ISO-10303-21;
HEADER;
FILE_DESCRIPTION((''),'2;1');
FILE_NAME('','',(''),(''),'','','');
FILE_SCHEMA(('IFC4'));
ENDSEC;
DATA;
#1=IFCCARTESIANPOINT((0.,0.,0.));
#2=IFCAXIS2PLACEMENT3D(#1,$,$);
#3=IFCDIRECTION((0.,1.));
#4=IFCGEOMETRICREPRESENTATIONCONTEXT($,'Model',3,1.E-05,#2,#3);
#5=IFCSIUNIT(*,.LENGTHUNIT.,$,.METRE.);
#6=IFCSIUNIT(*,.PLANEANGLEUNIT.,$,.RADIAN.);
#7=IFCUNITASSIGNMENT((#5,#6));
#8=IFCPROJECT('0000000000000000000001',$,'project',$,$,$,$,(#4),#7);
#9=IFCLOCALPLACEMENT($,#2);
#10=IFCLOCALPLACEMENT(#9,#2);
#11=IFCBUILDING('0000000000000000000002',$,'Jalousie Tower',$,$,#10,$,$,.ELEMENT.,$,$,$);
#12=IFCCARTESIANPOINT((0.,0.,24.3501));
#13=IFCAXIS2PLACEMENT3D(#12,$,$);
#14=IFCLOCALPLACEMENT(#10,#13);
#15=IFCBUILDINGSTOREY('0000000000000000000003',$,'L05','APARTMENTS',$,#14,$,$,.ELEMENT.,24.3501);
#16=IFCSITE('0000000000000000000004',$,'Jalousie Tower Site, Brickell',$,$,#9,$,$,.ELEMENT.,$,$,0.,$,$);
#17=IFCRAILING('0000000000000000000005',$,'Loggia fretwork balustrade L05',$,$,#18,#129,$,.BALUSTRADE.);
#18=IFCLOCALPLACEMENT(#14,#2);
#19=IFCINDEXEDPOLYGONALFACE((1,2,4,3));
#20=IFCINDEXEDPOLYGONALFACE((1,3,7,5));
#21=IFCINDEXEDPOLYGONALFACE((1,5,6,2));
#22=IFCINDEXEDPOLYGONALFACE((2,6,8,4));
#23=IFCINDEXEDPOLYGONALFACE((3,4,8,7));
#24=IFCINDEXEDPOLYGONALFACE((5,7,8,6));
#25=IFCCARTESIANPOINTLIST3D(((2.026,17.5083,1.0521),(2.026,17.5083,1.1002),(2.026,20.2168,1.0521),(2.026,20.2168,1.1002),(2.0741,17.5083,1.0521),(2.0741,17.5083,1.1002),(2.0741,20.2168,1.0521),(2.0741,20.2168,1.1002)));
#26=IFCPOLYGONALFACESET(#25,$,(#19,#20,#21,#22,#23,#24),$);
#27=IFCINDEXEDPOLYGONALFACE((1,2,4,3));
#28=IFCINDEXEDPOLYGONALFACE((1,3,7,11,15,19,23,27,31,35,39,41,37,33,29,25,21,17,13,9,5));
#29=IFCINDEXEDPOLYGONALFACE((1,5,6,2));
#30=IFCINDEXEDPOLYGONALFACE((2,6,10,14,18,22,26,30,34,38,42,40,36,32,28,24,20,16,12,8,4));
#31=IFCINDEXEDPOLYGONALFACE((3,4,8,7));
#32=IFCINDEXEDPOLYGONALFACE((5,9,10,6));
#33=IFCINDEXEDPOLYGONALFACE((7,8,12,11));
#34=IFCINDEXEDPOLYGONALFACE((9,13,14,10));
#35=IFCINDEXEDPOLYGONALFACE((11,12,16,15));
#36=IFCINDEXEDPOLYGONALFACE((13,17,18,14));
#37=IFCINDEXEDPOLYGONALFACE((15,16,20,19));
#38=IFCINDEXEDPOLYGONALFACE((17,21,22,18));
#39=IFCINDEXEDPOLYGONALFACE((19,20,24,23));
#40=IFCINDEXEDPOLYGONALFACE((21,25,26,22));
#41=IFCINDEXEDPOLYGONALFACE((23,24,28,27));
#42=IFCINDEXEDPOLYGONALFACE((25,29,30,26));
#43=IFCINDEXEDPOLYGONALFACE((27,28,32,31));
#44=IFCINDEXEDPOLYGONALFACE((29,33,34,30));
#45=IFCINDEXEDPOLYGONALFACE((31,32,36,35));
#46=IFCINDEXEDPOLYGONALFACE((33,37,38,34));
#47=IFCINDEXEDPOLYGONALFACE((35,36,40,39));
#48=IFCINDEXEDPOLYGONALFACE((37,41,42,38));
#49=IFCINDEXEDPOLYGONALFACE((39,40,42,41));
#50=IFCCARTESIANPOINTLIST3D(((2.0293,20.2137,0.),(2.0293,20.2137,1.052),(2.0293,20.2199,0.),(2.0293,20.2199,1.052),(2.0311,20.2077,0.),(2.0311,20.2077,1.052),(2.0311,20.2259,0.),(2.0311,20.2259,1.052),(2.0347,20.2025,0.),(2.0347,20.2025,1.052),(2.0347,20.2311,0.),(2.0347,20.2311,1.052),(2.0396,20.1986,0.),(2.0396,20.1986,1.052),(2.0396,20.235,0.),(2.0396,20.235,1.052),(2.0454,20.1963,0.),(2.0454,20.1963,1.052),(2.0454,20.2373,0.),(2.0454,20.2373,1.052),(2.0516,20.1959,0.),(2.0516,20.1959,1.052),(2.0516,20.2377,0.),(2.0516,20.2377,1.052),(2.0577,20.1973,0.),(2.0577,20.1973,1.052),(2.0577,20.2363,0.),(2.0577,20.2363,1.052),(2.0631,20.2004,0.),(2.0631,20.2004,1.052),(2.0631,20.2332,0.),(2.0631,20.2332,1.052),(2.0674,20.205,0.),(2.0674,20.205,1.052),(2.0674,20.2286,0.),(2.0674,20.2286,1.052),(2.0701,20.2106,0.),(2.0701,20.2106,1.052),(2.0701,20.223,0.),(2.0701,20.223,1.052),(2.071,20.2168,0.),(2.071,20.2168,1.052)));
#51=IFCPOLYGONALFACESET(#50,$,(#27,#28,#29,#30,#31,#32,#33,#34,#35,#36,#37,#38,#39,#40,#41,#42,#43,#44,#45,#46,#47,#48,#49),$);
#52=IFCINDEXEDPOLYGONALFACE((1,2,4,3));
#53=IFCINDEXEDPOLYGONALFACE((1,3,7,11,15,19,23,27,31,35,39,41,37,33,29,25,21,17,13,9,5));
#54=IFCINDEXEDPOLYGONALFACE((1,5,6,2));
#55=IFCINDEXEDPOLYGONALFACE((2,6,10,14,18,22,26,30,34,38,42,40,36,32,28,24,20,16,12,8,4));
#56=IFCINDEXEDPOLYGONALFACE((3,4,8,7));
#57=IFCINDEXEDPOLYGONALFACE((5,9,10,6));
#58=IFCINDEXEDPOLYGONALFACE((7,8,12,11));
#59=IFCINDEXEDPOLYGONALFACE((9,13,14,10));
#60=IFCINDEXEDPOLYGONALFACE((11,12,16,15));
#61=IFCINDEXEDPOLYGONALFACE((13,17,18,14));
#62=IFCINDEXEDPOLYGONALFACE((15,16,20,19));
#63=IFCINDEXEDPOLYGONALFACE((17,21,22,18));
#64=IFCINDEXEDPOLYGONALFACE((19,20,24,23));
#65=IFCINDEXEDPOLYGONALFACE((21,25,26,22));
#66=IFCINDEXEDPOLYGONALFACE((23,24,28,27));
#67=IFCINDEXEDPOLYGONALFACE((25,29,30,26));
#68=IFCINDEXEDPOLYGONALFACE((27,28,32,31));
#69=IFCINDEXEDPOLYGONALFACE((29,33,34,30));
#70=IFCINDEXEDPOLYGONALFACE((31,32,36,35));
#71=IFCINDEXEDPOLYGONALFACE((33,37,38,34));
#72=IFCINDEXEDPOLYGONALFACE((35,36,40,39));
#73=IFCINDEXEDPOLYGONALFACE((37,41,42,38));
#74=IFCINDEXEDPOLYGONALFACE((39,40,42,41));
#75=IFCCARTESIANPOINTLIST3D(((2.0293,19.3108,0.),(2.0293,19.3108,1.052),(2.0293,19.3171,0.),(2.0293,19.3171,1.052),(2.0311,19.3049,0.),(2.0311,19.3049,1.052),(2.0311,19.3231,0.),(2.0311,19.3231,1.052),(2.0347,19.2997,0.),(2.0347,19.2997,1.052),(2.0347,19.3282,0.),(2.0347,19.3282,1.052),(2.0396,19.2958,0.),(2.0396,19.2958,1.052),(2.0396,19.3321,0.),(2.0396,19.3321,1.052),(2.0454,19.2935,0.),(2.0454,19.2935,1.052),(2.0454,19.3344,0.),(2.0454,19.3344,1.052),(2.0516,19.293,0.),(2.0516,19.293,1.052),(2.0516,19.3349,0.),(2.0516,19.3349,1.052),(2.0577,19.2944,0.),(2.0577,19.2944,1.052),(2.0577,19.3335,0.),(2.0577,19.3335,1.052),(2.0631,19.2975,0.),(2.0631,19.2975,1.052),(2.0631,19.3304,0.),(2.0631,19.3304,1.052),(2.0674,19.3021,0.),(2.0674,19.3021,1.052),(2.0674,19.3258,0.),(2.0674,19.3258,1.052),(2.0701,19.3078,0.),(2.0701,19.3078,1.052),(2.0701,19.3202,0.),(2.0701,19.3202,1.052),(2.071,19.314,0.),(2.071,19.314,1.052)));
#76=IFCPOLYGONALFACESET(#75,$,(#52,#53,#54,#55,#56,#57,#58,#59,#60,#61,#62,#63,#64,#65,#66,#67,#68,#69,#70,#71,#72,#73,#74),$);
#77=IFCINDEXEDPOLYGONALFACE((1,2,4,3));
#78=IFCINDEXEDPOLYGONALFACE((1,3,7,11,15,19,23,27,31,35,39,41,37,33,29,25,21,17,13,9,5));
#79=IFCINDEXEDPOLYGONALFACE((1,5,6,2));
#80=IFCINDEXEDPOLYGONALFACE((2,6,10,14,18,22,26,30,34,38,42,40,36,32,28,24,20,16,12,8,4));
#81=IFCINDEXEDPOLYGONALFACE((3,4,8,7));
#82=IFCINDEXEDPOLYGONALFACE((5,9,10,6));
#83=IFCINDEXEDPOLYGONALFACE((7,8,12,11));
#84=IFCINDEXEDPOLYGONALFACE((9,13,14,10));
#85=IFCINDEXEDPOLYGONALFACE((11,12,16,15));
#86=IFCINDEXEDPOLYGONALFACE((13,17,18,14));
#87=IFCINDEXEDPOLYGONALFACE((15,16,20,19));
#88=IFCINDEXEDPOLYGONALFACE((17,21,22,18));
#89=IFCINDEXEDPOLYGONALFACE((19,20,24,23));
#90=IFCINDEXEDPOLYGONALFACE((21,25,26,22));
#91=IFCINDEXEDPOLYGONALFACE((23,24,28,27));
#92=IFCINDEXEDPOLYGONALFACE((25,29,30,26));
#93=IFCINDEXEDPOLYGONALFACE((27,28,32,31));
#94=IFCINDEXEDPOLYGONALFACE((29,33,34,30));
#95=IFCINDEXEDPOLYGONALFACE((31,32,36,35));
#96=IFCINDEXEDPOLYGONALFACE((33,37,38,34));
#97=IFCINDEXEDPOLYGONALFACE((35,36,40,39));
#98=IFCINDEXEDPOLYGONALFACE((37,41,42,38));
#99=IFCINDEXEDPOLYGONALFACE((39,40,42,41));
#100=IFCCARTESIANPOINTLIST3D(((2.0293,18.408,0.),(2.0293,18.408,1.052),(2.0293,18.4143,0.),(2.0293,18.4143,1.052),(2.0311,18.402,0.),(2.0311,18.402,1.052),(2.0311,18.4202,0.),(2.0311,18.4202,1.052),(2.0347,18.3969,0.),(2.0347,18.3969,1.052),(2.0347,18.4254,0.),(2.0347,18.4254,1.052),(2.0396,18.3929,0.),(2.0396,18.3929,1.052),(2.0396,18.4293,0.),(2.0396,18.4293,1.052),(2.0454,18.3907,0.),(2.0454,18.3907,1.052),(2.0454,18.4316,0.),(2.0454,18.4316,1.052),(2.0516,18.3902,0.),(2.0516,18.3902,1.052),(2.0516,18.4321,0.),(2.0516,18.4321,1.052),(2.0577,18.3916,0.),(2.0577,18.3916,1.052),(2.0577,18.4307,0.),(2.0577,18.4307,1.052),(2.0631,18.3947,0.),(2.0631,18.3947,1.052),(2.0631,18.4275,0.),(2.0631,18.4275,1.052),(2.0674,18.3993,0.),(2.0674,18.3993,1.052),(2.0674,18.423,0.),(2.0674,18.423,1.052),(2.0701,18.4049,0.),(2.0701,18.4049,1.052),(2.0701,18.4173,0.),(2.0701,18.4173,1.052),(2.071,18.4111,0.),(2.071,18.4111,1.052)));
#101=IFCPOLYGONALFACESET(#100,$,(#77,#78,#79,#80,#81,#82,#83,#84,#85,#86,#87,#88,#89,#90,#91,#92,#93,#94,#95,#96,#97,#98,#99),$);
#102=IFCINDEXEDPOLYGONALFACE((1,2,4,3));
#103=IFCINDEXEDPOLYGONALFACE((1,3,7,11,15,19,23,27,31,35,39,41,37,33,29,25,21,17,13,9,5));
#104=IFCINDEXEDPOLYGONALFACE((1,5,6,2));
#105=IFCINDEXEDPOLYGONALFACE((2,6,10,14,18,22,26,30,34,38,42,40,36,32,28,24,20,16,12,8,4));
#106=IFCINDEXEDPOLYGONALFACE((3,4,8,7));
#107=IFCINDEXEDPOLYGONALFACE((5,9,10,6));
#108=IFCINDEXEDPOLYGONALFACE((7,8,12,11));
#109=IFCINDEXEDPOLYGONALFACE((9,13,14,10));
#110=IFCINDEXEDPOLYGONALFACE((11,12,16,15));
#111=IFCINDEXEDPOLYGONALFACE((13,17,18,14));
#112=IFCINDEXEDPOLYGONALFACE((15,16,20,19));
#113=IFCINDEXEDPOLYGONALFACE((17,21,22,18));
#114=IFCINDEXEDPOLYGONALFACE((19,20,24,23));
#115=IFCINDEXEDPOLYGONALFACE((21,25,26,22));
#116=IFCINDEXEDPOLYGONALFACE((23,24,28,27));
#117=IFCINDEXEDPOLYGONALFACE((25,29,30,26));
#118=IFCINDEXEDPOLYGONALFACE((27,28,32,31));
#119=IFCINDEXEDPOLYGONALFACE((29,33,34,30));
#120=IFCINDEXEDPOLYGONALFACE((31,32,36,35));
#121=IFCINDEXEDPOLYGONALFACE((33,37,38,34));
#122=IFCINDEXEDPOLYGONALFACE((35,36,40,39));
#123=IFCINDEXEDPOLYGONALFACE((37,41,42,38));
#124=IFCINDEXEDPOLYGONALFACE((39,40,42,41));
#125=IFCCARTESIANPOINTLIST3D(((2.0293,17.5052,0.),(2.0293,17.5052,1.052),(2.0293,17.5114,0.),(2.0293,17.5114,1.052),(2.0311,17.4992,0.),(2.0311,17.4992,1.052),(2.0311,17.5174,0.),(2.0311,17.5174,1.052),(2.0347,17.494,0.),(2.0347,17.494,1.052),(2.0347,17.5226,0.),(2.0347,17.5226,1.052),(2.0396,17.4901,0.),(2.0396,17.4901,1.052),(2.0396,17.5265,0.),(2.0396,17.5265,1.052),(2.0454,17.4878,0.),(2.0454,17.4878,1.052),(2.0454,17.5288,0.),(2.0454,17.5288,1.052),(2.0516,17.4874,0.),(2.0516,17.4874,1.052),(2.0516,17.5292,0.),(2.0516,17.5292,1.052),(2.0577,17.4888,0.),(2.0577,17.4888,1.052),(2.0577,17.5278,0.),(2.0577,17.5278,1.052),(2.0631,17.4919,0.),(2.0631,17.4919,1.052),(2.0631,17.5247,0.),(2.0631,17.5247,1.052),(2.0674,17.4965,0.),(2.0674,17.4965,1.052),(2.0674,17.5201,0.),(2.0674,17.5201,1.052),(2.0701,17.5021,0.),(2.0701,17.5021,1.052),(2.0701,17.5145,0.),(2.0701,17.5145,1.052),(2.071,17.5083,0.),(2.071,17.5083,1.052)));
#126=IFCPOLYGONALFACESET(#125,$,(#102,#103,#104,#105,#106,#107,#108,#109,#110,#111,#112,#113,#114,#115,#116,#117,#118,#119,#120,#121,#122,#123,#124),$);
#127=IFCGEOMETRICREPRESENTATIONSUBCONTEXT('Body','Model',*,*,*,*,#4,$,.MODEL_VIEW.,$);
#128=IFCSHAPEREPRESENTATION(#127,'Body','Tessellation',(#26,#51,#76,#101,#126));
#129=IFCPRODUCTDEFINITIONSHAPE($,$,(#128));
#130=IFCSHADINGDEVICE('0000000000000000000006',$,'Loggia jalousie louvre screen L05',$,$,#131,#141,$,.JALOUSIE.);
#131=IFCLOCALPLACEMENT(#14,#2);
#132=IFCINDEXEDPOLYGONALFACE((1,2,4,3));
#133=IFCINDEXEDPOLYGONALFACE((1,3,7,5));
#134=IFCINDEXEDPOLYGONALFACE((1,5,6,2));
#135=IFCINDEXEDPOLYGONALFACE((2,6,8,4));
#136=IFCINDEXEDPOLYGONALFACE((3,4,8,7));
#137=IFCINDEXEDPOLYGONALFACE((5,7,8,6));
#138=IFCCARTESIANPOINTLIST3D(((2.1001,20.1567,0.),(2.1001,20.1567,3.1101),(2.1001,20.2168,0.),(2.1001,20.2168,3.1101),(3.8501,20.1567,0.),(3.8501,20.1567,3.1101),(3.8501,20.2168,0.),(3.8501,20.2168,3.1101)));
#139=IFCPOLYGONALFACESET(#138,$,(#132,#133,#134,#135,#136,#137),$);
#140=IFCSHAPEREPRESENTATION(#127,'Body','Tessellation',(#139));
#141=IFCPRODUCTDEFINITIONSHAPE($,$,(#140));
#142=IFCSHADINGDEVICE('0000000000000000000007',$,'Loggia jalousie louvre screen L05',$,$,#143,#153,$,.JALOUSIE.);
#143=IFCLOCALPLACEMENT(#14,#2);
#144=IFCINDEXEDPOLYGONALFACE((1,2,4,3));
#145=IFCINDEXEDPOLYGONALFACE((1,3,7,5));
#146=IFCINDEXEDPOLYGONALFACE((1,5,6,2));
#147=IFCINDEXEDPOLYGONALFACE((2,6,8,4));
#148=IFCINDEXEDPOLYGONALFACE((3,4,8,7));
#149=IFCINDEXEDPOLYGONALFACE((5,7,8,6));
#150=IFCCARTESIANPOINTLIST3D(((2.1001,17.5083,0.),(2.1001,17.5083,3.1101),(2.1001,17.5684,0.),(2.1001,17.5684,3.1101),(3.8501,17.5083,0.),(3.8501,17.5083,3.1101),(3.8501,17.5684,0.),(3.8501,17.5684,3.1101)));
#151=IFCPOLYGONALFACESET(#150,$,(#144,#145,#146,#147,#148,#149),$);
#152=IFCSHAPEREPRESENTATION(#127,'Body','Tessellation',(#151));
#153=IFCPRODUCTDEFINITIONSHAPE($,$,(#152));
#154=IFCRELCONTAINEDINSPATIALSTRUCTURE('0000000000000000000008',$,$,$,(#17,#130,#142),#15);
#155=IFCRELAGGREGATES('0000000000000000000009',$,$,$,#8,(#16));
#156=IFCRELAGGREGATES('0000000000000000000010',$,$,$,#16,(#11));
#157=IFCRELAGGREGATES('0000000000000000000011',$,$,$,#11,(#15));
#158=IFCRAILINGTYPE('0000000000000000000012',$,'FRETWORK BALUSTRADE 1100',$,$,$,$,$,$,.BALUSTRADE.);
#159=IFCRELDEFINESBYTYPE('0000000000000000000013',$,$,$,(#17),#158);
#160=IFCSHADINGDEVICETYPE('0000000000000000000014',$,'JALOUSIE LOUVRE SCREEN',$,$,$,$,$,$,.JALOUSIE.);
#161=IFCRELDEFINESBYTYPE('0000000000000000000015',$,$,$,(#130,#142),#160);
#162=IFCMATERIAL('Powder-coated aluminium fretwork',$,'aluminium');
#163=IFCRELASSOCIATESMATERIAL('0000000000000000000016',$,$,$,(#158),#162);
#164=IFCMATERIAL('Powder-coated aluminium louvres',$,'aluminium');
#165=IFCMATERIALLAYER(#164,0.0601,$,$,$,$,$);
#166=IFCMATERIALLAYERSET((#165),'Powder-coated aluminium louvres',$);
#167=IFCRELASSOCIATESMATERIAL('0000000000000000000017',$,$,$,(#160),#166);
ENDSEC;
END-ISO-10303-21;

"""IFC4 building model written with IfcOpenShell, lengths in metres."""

from ifc_helpers import new_model, si_unit, direction, frame, origin, origin_2d, place, context, subcontext, project, spatial, rectangle, circle, extrude, material, layer, layer_set, type_object, element, save


model = new_model("IFC4")

# Units and contexts
model_context = context("Model", 3, precision=1e-05, world=origin(), true_north=direction((0.0, 1.0)))
body_context = subcontext(model_context, "Body", "Model", "MODEL_VIEW")
ifc_project = project(units=[si_unit("LENGTHUNIT", "METRE"), si_unit("PLANEANGLEUNIT", "RADIAN")], contexts=[model_context])

# Site, building, storey
site_placement = place(None, origin())
site = spatial("IfcSite", under=ifc_project, at=site_placement, Name="Jalousie Tower Site, Brickell", CompositionType="ELEMENT", RefElevation=0.0)
building_placement = place(site_placement, origin())
building = spatial("IfcBuilding", under=site, at=building_placement, Name="Jalousie Tower", CompositionType="ELEMENT")
storey_placement = place(building_placement, frame((0.0, 0.0, 24.3501)))
storey = spatial("IfcBuildingStorey", under=building, at=storey_placement, Name="L05", Description="APARTMENTS", CompositionType="ELEMENT", Elevation=24.3501)

# Railing
ifc_material_1 = material(Name="Powder-coated aluminium fretwork", Category="aluminium")
railing_type = type_object("IfcRailingType", Name="FRETWORK BALUSTRADE 1100", PredefinedType="BALUSTRADE", material=ifc_material_1)
railing_placement = place(storey_placement, frame((2.05, 20.2168, 0.0)))
element("IfcRailing", 1, at=railing_placement, inside=storey, type_object=railing_type, Name="Loggia fretwork balustrade L05", PredefinedType="BALUSTRADE", context=body_context, shape_type="SweptSolid", body=[
    extrude(rectangle(XDim=0.0481, YDim=0.0481, at=origin_2d()), frame((0.0, 0.0, 1.0762), z_axis=(0.0, -1.0, 0.0), x_axis=(1.0, 0.0, 0.0)), (0.0, 0.0, 1.0), 2.7085),
    extrude(circle(Radius=0.021, at=origin_2d()), origin(), (0.0, 0.0, 1.0), 1.052),
    extrude(circle(Radius=0.021, at=origin_2d()), frame((0.0, -0.9028, 0.0)), (0.0, 0.0, 1.0), 1.052),
    extrude(circle(Radius=0.021, at=origin_2d()), frame((0.0, -1.8057, 0.0)), (0.0, 0.0, 1.0), 1.052),
    extrude(circle(Radius=0.021, at=origin_2d()), frame((0.0, -2.7085, 0.0)), (0.0, 0.0, 1.0), 1.052),
])

# Shading devices
ifc_material_2 = material(Name="Powder-coated aluminium louvres", Category="aluminium")
ifc_layer_1 = layer(ifc_material_2, 0.0601)
ifc_layer_set_1 = layer_set([ifc_layer_1], Name="Powder-coated aluminium louvres")
shading_device_type_1 = type_object("IfcShadingDeviceType", Name="JALOUSIE LOUVRE SCREEN", PredefinedType="JALOUSIE", material=ifc_layer_set_1)
for number, where, z_axis, x_axis, name in (
    (2, (2.9751, 20.1868, 0.0), (0.0, 0.0, 1.0), (0.0, -1.0, 0.0), "Loggia jalousie louvre screen L05"),
    (3, (2.9751, 17.5383, 0.0), (0.0, 0.0, 1.0), (0.0, -1.0, 0.0), "Loggia jalousie louvre screen L05"),
):
    element("IfcShadingDevice", number, at=place(storey_placement, frame(where, z_axis=z_axis, x_axis=x_axis)), inside=storey, type_object=shading_device_type_1, Name=name, PredefinedType="JALOUSIE", context=body_context, shape_type="SweptSolid", body=[
        extrude(rectangle(XDim=0.0601, YDim=1.75, at=origin_2d()), origin(), (0.0, 0.0, 1.0), 3.1101),
    ])

save(model, "model.ifc")
